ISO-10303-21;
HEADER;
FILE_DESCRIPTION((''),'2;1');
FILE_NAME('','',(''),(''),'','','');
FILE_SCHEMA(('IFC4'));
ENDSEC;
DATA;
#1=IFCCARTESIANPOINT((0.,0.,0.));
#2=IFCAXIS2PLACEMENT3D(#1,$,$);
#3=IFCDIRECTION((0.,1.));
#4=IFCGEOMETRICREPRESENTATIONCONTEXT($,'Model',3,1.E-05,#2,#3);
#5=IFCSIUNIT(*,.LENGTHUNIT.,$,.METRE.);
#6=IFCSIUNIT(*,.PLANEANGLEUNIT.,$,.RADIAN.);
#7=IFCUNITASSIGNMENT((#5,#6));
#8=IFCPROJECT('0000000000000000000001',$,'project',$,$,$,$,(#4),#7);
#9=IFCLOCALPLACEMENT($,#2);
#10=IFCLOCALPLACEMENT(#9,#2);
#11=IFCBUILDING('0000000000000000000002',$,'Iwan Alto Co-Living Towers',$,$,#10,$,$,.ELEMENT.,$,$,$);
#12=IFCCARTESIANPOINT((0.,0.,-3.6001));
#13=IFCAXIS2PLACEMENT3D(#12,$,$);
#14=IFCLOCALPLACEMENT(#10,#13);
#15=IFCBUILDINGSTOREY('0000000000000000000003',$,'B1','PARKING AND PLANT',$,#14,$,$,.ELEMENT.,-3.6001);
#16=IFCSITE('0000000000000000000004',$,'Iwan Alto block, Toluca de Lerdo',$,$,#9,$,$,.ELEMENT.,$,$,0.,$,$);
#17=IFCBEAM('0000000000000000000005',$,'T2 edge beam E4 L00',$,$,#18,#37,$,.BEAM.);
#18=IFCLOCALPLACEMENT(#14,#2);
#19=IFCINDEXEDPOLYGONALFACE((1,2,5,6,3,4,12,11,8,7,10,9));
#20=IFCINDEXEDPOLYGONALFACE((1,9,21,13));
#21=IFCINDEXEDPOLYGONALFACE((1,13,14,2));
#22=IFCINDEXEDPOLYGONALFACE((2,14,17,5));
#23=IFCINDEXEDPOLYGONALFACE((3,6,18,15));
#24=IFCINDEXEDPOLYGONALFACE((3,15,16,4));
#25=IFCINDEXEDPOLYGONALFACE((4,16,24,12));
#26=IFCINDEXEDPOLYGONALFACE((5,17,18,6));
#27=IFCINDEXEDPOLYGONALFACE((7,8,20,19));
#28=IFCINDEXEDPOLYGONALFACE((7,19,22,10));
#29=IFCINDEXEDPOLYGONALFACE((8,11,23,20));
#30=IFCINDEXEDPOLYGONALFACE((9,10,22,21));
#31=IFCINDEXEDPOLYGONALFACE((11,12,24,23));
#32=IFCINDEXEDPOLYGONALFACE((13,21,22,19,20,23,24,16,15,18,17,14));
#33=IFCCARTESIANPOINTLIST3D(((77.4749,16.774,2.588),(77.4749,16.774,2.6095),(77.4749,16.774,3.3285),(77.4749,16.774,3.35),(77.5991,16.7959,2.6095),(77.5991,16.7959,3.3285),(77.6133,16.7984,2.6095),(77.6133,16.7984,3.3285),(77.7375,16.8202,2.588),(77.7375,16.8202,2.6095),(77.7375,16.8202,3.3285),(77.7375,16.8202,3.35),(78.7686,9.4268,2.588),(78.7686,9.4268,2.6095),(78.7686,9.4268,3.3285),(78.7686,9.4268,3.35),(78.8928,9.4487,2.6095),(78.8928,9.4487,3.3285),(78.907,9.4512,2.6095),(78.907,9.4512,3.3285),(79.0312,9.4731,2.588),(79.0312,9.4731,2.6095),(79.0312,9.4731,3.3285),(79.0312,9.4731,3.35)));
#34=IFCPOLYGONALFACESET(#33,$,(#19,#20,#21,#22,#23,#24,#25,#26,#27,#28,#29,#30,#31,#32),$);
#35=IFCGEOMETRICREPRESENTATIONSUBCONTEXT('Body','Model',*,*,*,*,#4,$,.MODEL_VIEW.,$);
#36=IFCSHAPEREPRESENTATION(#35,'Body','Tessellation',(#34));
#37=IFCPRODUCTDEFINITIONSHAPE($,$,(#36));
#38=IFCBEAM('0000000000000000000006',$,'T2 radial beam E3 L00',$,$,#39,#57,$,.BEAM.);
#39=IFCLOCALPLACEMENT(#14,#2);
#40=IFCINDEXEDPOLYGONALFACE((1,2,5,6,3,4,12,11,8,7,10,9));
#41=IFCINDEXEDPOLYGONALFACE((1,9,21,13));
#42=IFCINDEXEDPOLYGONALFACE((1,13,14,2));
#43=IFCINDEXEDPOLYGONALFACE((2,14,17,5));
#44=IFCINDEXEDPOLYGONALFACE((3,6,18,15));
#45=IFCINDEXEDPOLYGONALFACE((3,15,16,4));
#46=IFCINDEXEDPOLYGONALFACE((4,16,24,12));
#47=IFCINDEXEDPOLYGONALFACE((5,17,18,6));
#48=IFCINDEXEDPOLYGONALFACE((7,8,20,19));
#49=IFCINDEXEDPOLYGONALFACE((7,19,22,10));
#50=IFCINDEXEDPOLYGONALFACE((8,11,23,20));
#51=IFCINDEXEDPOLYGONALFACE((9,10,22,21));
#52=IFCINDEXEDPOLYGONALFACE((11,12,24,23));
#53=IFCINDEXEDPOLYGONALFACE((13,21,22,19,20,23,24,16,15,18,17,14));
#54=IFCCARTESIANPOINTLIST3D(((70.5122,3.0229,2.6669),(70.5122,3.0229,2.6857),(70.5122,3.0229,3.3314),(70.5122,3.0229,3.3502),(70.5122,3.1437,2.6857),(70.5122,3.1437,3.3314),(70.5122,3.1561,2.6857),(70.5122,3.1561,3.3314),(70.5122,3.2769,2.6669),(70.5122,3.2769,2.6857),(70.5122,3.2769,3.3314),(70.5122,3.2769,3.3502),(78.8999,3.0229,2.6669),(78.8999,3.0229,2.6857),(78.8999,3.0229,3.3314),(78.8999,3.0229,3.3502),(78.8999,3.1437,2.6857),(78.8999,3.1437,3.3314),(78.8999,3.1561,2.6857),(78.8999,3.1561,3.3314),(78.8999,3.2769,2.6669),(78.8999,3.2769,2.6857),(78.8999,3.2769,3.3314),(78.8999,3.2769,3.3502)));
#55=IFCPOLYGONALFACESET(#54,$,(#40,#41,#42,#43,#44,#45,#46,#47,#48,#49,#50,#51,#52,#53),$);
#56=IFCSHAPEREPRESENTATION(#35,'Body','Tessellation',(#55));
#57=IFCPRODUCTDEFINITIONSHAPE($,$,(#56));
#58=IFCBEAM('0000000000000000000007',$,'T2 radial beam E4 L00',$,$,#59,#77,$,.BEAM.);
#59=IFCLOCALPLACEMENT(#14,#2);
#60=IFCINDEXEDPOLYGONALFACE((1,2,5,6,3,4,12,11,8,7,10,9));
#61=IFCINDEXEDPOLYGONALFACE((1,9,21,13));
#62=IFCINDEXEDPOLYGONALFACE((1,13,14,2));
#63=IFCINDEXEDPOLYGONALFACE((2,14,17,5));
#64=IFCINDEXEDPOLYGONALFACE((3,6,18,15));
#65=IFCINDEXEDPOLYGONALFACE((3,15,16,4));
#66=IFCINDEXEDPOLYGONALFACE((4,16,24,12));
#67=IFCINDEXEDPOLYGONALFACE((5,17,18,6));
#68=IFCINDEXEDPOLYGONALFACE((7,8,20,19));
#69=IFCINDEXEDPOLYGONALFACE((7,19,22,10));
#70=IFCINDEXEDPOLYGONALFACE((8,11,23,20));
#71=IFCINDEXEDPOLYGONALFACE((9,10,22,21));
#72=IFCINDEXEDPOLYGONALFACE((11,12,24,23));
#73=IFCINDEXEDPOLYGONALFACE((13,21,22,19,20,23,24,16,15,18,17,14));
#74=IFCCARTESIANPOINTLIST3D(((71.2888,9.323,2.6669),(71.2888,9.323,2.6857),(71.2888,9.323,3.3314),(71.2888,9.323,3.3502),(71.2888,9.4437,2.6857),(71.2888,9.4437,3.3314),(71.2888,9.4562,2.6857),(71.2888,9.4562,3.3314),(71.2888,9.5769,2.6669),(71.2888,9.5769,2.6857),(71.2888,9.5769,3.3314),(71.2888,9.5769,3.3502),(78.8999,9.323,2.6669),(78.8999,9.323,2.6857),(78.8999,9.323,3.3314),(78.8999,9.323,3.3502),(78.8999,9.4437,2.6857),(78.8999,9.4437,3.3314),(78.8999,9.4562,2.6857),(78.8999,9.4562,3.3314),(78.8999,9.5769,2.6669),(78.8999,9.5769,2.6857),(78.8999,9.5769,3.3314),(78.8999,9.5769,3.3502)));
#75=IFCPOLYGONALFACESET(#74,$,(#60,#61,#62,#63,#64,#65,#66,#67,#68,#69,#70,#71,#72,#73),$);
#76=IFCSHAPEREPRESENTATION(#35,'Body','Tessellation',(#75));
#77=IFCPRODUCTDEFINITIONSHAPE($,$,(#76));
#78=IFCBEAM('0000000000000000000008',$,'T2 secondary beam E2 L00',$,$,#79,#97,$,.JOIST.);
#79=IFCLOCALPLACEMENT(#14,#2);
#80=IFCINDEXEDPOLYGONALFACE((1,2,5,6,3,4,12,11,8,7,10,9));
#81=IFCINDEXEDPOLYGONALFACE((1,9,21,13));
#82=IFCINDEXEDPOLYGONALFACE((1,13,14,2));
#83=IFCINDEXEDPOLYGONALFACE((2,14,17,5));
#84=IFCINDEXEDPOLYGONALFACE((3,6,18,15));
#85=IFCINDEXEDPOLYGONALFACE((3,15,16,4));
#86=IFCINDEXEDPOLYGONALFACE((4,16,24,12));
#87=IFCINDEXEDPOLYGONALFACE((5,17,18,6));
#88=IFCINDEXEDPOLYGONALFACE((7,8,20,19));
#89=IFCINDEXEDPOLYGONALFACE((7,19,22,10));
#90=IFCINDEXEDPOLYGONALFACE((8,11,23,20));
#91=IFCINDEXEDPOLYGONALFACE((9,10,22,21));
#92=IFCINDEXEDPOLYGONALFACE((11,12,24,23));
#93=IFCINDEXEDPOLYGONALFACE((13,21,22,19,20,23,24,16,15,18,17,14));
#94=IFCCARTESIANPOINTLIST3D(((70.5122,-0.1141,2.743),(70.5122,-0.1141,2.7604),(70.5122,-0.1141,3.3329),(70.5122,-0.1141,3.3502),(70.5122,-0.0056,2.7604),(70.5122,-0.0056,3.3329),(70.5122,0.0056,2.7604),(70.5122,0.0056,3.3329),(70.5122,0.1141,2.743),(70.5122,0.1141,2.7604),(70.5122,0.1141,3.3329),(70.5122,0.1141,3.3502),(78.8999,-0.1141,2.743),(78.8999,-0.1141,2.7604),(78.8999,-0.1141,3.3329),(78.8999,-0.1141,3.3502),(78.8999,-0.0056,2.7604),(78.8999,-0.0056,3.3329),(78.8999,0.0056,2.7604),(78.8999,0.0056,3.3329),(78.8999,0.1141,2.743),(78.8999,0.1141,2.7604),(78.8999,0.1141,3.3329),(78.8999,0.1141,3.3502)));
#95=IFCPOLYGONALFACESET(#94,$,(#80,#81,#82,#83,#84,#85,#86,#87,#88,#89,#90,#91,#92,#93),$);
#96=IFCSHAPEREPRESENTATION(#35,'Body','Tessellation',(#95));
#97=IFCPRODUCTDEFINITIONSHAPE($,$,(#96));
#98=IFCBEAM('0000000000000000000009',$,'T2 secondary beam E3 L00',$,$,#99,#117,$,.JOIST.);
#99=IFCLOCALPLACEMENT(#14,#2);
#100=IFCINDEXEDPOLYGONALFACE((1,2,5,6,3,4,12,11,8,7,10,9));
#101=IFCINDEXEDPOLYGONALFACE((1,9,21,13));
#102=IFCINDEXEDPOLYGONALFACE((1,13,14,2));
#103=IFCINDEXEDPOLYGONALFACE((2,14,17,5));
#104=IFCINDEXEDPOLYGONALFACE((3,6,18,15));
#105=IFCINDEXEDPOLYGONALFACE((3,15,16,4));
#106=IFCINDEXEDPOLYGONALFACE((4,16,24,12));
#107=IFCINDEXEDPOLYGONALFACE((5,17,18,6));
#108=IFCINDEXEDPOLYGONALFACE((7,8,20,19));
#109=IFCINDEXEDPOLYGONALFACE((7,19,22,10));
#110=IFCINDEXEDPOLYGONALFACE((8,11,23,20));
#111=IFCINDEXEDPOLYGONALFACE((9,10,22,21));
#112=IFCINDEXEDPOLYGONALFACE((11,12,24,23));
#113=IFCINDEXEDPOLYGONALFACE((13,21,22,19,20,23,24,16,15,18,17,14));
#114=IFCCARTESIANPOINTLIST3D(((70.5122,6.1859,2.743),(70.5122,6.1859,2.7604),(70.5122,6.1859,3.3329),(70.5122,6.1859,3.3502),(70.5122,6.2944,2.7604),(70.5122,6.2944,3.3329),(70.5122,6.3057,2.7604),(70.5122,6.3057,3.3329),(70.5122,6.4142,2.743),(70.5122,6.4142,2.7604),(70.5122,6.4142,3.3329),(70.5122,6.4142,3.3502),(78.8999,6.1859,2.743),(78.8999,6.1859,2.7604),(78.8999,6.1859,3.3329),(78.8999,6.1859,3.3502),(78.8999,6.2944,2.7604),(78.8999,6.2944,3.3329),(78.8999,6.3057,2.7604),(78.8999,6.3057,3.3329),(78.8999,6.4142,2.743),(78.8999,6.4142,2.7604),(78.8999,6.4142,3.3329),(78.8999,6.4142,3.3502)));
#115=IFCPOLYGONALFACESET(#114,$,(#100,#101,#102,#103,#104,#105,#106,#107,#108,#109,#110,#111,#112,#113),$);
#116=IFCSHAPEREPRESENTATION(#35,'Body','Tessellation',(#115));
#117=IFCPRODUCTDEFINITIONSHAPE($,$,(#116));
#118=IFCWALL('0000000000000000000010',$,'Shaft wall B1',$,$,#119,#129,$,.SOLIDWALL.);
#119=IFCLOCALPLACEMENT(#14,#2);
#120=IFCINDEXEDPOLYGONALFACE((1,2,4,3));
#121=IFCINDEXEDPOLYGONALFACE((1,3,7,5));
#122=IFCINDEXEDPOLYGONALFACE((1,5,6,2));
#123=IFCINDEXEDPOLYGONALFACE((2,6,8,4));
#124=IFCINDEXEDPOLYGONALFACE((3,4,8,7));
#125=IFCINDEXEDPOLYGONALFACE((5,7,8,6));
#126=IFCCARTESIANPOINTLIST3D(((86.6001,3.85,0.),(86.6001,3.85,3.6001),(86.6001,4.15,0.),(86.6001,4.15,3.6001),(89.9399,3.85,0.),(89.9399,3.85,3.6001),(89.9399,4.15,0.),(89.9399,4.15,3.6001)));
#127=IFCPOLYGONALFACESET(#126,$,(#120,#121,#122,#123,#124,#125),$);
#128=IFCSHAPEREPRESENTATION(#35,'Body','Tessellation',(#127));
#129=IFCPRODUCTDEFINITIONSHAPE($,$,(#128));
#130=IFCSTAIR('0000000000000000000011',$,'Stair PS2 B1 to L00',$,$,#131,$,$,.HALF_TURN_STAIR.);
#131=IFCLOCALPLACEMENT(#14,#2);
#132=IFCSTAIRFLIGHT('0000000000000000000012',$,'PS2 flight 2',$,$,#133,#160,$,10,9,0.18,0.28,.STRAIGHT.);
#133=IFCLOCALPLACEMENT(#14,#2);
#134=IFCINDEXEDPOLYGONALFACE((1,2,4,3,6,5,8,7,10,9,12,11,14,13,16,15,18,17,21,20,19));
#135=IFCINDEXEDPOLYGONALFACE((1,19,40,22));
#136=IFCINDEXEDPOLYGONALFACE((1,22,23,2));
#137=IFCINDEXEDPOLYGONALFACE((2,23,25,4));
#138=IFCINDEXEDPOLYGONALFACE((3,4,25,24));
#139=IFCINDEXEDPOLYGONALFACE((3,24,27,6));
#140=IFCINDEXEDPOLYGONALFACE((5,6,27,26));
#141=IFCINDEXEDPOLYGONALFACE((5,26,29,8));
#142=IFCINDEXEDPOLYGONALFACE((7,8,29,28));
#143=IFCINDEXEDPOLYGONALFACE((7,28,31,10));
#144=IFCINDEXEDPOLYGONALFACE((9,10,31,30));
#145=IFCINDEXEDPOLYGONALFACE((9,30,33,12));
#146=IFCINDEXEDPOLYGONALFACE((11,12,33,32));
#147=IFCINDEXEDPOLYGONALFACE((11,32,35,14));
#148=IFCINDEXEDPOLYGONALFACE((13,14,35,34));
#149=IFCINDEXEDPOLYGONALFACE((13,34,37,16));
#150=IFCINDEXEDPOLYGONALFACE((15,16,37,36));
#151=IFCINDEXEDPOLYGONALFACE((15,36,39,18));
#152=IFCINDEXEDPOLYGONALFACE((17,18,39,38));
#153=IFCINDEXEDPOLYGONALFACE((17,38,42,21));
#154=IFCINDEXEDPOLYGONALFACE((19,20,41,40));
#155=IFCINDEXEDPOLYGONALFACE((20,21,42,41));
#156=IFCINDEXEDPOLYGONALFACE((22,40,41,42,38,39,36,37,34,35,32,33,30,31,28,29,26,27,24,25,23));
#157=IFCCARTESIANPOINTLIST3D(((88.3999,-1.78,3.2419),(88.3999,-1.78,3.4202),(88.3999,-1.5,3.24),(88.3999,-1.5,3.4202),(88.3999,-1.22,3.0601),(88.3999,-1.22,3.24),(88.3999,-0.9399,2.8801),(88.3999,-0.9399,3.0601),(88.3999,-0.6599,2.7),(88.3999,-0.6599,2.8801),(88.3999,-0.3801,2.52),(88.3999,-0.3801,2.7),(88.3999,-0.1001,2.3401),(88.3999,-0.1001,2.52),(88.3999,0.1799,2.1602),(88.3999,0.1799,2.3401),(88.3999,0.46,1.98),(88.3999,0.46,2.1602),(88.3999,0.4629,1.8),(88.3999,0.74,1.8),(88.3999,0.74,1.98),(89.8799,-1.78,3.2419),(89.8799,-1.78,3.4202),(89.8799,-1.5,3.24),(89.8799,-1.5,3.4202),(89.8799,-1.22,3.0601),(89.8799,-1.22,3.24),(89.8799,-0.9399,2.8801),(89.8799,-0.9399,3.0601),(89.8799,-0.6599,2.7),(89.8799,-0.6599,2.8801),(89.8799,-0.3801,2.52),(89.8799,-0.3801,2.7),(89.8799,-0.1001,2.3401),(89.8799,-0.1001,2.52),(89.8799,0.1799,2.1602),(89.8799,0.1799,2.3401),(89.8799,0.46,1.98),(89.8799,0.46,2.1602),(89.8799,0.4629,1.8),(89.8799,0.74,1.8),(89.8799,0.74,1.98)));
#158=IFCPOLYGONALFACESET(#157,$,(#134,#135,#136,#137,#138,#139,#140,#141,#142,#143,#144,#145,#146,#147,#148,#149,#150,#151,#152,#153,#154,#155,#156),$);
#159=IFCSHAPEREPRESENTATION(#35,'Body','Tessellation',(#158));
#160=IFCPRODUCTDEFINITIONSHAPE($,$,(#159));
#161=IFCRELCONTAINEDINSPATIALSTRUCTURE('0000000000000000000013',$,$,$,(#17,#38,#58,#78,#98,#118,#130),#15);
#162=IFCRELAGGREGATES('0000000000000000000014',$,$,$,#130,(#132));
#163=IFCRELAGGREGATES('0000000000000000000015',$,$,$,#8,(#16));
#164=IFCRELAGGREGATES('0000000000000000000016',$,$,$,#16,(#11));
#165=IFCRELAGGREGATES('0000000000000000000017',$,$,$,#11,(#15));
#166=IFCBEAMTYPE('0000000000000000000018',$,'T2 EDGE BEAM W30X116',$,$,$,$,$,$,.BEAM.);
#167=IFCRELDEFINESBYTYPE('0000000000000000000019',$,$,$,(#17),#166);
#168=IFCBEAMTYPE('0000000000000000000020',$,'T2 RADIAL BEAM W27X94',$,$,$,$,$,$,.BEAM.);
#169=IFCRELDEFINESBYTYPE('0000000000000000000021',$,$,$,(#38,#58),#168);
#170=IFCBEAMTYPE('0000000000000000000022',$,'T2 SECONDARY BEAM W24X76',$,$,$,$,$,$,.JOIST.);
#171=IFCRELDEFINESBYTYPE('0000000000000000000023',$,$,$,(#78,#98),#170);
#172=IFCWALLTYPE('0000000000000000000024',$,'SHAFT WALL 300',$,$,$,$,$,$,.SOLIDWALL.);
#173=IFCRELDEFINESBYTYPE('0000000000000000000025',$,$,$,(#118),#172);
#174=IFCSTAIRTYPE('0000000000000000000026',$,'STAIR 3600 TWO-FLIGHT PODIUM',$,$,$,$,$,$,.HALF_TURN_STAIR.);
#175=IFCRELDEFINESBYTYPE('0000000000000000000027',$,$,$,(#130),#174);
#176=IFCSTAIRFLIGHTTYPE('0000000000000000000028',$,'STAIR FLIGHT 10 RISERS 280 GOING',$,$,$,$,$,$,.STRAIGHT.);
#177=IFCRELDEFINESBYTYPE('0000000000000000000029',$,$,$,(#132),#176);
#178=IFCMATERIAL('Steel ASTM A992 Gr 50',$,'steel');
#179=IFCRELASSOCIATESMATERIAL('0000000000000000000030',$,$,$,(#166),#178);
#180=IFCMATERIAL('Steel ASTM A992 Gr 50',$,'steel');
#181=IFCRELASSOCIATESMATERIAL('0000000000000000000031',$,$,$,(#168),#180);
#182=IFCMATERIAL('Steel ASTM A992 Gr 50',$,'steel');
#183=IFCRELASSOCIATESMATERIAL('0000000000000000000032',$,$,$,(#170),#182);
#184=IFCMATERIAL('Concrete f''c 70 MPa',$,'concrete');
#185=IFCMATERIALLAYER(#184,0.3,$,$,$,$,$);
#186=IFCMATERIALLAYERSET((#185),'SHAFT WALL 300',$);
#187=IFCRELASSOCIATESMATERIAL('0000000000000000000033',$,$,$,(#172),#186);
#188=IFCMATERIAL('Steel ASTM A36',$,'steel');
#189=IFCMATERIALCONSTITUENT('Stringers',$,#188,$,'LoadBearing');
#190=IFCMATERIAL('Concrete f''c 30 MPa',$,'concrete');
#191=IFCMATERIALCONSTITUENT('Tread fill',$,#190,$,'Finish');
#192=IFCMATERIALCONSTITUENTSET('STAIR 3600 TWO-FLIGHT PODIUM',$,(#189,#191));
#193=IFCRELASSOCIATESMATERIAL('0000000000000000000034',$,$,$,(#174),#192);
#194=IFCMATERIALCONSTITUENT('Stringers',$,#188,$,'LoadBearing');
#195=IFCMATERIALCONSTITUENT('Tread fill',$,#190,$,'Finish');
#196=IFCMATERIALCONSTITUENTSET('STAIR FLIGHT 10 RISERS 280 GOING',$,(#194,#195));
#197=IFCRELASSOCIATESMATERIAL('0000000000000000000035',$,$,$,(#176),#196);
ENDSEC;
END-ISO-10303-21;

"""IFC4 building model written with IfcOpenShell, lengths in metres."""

from ifc_helpers import new_model, si_unit, direction, frame, frame_2d, origin, origin_2d, place, context, subcontext, project, spatial, polyline, rectangle, i_section, outline, extrude, material, layer, layer_set, constituent, constituent_set, material_profile, profile_set, type_object, element, aggregate, save


model = new_model("IFC4")

# Units and contexts
model_context = context("Model", 3, precision=1e-05, world=origin(), true_north=direction((0.0, 1.0)))
body_context = subcontext(model_context, "Body", "Model", "MODEL_VIEW")
ifc_project = project(units=[si_unit("LENGTHUNIT", "METRE"), si_unit("PLANEANGLEUNIT", "RADIAN")], contexts=[model_context])

# Site, building, storey
site_placement = place(None, origin())
site = spatial("IfcSite", under=ifc_project, at=site_placement, Name="Iwan Alto block, Toluca de Lerdo", CompositionType="ELEMENT", RefElevation=0.0)
building_placement = place(site_placement, origin())
building = spatial("IfcBuilding", under=site, at=building_placement, Name="Iwan Alto Co-Living Towers", CompositionType="ELEMENT")
storey_placement = place(building_placement, frame((0.0, 0.0, -3.6001)))
storey = spatial("IfcBuildingStorey", under=building, at=storey_placement, Name="B1", Description="PARKING AND PLANT", CompositionType="ELEMENT", Elevation=-3.6001)

# Beams
ifc_material_1 = material(Name="Steel ASTM A992 Gr 50", Category="steel")
ifc_material_profile_1 = material_profile(ifc_material_1, i_section(OverallWidth=0.2666, OverallDepth=0.762, WebThickness=0.0144, FlangeThickness=0.0215, at=origin_2d()), Name="W30X116")
ifc_profile_set_1 = profile_set([ifc_material_profile_1], Name="Steel ASTM A992 Gr 50")
beam_type_1 = type_object("IfcBeamType", Name="T2 EDGE BEAM W30X116", PredefinedType="BEAM", material=ifc_profile_set_1)
beam_1_placement = place(storey_placement, frame((78.8999, 9.45, 2.969), z_axis=(-0.173414, 0.984849, 0.0), x_axis=(-0.984849, -0.173414, 0.0)))
element("IfcBeam", 1, at=beam_1_placement, inside=storey, type_object=beam_type_1, Name="T2 edge beam E4 L00", PredefinedType="BEAM", context=body_context, shape_type="SweptSolid", body=[
    extrude(i_section(OverallWidth=0.2666, OverallDepth=0.762, WebThickness=0.0144, FlangeThickness=0.0215, at=origin_2d()), origin(), (0.0, 0.0, 1.0), 7.4602),
])
ifc_material_2 = material(Name="Steel ASTM A992 Gr 50", Category="steel")
ifc_material_profile_2 = material_profile(ifc_material_2, i_section(OverallWidth=0.2539, OverallDepth=0.6833, WebThickness=0.0125, FlangeThickness=0.0188, at=origin_2d()), Name="W27X94")
ifc_profile_set_2 = profile_set([ifc_material_profile_2], Name="Steel ASTM A992 Gr 50")
beam_type_2 = type_object("IfcBeamType", Name="T2 RADIAL BEAM W27X94", PredefinedType="BEAM", material=ifc_profile_set_2)
beam_2_placement = place(storey_placement, frame((78.8999, 3.1499, 3.0085), z_axis=(-1.0, 0.0, 0.0), x_axis=(0.0, -1.0, 0.0)))
element("IfcBeam", 2, at=beam_2_placement, inside=storey, type_object=beam_type_2, Name="T2 radial beam E3 L00", PredefinedType="BEAM", context=body_context, shape_type="SweptSolid", body=[
    extrude(i_section(OverallWidth=0.2539, OverallDepth=0.6833, WebThickness=0.0125, FlangeThickness=0.0188, at=origin_2d()), origin(), (0.0, 0.0, 1.0), 8.3877),
])
beam_3_placement = place(storey_placement, frame((78.8999, 9.45, 3.0085), z_axis=(-1.0, 0.0, 0.0), x_axis=(0.0, -1.0, 0.0)))
element("IfcBeam", 3, at=beam_3_placement, inside=storey, type_object=beam_type_2, Name="T2 radial beam E4 L00", PredefinedType="BEAM", context=body_context, shape_type="SweptSolid", body=[
    extrude(i_section(OverallWidth=0.2539, OverallDepth=0.6833, WebThickness=0.0125, FlangeThickness=0.0188, at=origin_2d()), origin(), (0.0, 0.0, 1.0), 7.6111),
])
ifc_material_3 = material(Name="Steel ASTM A992 Gr 50", Category="steel")
ifc_material_profile_3 = material_profile(ifc_material_3, i_section(OverallWidth=0.2283, OverallDepth=0.6072, WebThickness=0.0112, FlangeThickness=0.0173, at=origin_2d()), Name="W24X76")
ifc_profile_set_3 = profile_set([ifc_material_profile_3], Name="Steel ASTM A992 Gr 50")
beam_type_3 = type_object("IfcBeamType", Name="T2 SECONDARY BEAM W24X76", PredefinedType="JOIST", material=ifc_profile_set_3)
for number, where, z_axis, x_axis, name in (
    (4, (78.8999, 0.0, 3.0466), (-1.0, 0.0, 0.0), (0.0, -1.0, 0.0), "T2 secondary beam E2 L00"),
    (5, (78.8999, 6.3, 3.0466), (-1.0, 0.0, 0.0), (0.0, -1.0, 0.0), "T2 secondary beam E3 L00"),
):
    element("IfcBeam", number, at=place(storey_placement, frame(where, z_axis=z_axis, x_axis=x_axis)), inside=storey, type_object=beam_type_3, Name=name, PredefinedType="JOIST", context=body_context, shape_type="SweptSolid", body=[
        extrude(i_section(OverallWidth=0.2283, OverallDepth=0.6072, WebThickness=0.0112, FlangeThickness=0.0173, at=origin_2d()), origin(), (0.0, 0.0, 1.0), 8.3877),
    ])

# Wall
ifc_material_4 = material(Name="Concrete f'c 70 MPa", Category="concrete")
ifc_layer = layer(ifc_material_4, 0.3)
ifc_layer_set = layer_set([ifc_layer], Name="SHAFT WALL 300")
wall_type = type_object("IfcWallType", Name="SHAFT WALL 300", PredefinedType="SOLIDWALL", material=ifc_layer_set)
wall_placement = place(storey_placement, frame((86.6001, 4.0, 0.0), z_axis=(0.0, 0.0, 1.0), x_axis=(1.0, 0.0, 0.0)))
element("IfcWall", 6, at=wall_placement, inside=storey, type_object=wall_type, Name="Shaft wall B1", PredefinedType="SOLIDWALL", context=body_context, shape_type="SweptSolid", body=[
    extrude(rectangle(XDim=3.3398, YDim=0.3, at=frame_2d((1.6699, 0.0))), origin(), (0.0, 0.0, 1.0), 3.6001),
])

# Stair, stair flight
ifc_material_5 = material(Name="Steel ASTM A36", Category="steel")
ifc_constituent_1 = constituent(ifc_material_5, Name="Stringers", Category="LoadBearing")
ifc_material_6 = material(Name="Concrete f'c 30 MPa", Category="concrete")
ifc_constituent_2 = constituent(ifc_material_6, Name="Tread fill", Category="Finish")
ifc_constituent_set_1 = constituent_set(constituents=[ifc_constituent_1, ifc_constituent_2], Name="STAIR 3600 TWO-FLIGHT PODIUM")
stair_type = type_object("IfcStairType", Name="STAIR 3600 TWO-FLIGHT PODIUM", PredefinedType="HALF_TURN_STAIR", material=ifc_constituent_set_1)
stair_placement = place(storey_placement, origin())
stair = element("IfcStair", 7, at=stair_placement, inside=storey, type_object=stair_type, Name="Stair PS2 B1 to L00", PredefinedType="HALF_TURN_STAIR")
ifc_constituent_3 = constituent(ifc_material_5, Name="Stringers", Category="LoadBearing")
ifc_constituent_4 = constituent(ifc_material_6, Name="Tread fill", Category="Finish")
ifc_constituent_set_2 = constituent_set(constituents=[ifc_constituent_3, ifc_constituent_4], Name="STAIR FLIGHT 10 RISERS 280 GOING")
stair_flight_type = type_object("IfcStairFlightType", Name="STAIR FLIGHT 10 RISERS 280 GOING", PredefinedType="STRAIGHT", material=ifc_constituent_set_2)
stair_flight_placement = place(storey_placement, frame((89.1399, 0.74, 1.8), z_axis=(0.0, 0.0, 1.0), x_axis=(0.0, -1.0, 0.0)))
stair_flight = element("IfcStairFlight", 8, at=stair_flight_placement, type_object=stair_flight_type, Name="PS2 flight 2", NumberOfRisers=10, NumberOfTreads=9, PredefinedType="STRAIGHT", RiserHeight=0.18, TreadLength=0.28, context=body_context, shape_type="SweptSolid", body=[
    extrude(outline(polyline([(0.0, 0.0), (0.0, 0.1799), (0.28, 0.1799), (0.28, 0.3601), (0.5601, 0.3601), (0.5601, 0.54), (0.8401, 0.54), (0.8401, 0.72), (1.1201, 0.72), (1.1201, 0.8999), (1.3999, 0.8999), (1.3999, 1.0801), (1.6799, 1.0801), (1.6799, 1.26), (1.96, 1.26), (1.96, 1.4399), (2.24, 1.4399), (2.24, 1.6201), (2.52, 1.6201), (2.52, 1.8), (2.52, 1.4419), (0.2771, 0.0), (0.0, 0.0)])), frame((0.0, 0.74, 0.0), z_axis=(0.0, -1.0, 0.0), x_axis=(1.0, 0.0, 0.0)), (0.0, 0.0, 1.0), 1.48),
])
aggregate(stair, [stair_flight])

save(model, "model.ifc")
